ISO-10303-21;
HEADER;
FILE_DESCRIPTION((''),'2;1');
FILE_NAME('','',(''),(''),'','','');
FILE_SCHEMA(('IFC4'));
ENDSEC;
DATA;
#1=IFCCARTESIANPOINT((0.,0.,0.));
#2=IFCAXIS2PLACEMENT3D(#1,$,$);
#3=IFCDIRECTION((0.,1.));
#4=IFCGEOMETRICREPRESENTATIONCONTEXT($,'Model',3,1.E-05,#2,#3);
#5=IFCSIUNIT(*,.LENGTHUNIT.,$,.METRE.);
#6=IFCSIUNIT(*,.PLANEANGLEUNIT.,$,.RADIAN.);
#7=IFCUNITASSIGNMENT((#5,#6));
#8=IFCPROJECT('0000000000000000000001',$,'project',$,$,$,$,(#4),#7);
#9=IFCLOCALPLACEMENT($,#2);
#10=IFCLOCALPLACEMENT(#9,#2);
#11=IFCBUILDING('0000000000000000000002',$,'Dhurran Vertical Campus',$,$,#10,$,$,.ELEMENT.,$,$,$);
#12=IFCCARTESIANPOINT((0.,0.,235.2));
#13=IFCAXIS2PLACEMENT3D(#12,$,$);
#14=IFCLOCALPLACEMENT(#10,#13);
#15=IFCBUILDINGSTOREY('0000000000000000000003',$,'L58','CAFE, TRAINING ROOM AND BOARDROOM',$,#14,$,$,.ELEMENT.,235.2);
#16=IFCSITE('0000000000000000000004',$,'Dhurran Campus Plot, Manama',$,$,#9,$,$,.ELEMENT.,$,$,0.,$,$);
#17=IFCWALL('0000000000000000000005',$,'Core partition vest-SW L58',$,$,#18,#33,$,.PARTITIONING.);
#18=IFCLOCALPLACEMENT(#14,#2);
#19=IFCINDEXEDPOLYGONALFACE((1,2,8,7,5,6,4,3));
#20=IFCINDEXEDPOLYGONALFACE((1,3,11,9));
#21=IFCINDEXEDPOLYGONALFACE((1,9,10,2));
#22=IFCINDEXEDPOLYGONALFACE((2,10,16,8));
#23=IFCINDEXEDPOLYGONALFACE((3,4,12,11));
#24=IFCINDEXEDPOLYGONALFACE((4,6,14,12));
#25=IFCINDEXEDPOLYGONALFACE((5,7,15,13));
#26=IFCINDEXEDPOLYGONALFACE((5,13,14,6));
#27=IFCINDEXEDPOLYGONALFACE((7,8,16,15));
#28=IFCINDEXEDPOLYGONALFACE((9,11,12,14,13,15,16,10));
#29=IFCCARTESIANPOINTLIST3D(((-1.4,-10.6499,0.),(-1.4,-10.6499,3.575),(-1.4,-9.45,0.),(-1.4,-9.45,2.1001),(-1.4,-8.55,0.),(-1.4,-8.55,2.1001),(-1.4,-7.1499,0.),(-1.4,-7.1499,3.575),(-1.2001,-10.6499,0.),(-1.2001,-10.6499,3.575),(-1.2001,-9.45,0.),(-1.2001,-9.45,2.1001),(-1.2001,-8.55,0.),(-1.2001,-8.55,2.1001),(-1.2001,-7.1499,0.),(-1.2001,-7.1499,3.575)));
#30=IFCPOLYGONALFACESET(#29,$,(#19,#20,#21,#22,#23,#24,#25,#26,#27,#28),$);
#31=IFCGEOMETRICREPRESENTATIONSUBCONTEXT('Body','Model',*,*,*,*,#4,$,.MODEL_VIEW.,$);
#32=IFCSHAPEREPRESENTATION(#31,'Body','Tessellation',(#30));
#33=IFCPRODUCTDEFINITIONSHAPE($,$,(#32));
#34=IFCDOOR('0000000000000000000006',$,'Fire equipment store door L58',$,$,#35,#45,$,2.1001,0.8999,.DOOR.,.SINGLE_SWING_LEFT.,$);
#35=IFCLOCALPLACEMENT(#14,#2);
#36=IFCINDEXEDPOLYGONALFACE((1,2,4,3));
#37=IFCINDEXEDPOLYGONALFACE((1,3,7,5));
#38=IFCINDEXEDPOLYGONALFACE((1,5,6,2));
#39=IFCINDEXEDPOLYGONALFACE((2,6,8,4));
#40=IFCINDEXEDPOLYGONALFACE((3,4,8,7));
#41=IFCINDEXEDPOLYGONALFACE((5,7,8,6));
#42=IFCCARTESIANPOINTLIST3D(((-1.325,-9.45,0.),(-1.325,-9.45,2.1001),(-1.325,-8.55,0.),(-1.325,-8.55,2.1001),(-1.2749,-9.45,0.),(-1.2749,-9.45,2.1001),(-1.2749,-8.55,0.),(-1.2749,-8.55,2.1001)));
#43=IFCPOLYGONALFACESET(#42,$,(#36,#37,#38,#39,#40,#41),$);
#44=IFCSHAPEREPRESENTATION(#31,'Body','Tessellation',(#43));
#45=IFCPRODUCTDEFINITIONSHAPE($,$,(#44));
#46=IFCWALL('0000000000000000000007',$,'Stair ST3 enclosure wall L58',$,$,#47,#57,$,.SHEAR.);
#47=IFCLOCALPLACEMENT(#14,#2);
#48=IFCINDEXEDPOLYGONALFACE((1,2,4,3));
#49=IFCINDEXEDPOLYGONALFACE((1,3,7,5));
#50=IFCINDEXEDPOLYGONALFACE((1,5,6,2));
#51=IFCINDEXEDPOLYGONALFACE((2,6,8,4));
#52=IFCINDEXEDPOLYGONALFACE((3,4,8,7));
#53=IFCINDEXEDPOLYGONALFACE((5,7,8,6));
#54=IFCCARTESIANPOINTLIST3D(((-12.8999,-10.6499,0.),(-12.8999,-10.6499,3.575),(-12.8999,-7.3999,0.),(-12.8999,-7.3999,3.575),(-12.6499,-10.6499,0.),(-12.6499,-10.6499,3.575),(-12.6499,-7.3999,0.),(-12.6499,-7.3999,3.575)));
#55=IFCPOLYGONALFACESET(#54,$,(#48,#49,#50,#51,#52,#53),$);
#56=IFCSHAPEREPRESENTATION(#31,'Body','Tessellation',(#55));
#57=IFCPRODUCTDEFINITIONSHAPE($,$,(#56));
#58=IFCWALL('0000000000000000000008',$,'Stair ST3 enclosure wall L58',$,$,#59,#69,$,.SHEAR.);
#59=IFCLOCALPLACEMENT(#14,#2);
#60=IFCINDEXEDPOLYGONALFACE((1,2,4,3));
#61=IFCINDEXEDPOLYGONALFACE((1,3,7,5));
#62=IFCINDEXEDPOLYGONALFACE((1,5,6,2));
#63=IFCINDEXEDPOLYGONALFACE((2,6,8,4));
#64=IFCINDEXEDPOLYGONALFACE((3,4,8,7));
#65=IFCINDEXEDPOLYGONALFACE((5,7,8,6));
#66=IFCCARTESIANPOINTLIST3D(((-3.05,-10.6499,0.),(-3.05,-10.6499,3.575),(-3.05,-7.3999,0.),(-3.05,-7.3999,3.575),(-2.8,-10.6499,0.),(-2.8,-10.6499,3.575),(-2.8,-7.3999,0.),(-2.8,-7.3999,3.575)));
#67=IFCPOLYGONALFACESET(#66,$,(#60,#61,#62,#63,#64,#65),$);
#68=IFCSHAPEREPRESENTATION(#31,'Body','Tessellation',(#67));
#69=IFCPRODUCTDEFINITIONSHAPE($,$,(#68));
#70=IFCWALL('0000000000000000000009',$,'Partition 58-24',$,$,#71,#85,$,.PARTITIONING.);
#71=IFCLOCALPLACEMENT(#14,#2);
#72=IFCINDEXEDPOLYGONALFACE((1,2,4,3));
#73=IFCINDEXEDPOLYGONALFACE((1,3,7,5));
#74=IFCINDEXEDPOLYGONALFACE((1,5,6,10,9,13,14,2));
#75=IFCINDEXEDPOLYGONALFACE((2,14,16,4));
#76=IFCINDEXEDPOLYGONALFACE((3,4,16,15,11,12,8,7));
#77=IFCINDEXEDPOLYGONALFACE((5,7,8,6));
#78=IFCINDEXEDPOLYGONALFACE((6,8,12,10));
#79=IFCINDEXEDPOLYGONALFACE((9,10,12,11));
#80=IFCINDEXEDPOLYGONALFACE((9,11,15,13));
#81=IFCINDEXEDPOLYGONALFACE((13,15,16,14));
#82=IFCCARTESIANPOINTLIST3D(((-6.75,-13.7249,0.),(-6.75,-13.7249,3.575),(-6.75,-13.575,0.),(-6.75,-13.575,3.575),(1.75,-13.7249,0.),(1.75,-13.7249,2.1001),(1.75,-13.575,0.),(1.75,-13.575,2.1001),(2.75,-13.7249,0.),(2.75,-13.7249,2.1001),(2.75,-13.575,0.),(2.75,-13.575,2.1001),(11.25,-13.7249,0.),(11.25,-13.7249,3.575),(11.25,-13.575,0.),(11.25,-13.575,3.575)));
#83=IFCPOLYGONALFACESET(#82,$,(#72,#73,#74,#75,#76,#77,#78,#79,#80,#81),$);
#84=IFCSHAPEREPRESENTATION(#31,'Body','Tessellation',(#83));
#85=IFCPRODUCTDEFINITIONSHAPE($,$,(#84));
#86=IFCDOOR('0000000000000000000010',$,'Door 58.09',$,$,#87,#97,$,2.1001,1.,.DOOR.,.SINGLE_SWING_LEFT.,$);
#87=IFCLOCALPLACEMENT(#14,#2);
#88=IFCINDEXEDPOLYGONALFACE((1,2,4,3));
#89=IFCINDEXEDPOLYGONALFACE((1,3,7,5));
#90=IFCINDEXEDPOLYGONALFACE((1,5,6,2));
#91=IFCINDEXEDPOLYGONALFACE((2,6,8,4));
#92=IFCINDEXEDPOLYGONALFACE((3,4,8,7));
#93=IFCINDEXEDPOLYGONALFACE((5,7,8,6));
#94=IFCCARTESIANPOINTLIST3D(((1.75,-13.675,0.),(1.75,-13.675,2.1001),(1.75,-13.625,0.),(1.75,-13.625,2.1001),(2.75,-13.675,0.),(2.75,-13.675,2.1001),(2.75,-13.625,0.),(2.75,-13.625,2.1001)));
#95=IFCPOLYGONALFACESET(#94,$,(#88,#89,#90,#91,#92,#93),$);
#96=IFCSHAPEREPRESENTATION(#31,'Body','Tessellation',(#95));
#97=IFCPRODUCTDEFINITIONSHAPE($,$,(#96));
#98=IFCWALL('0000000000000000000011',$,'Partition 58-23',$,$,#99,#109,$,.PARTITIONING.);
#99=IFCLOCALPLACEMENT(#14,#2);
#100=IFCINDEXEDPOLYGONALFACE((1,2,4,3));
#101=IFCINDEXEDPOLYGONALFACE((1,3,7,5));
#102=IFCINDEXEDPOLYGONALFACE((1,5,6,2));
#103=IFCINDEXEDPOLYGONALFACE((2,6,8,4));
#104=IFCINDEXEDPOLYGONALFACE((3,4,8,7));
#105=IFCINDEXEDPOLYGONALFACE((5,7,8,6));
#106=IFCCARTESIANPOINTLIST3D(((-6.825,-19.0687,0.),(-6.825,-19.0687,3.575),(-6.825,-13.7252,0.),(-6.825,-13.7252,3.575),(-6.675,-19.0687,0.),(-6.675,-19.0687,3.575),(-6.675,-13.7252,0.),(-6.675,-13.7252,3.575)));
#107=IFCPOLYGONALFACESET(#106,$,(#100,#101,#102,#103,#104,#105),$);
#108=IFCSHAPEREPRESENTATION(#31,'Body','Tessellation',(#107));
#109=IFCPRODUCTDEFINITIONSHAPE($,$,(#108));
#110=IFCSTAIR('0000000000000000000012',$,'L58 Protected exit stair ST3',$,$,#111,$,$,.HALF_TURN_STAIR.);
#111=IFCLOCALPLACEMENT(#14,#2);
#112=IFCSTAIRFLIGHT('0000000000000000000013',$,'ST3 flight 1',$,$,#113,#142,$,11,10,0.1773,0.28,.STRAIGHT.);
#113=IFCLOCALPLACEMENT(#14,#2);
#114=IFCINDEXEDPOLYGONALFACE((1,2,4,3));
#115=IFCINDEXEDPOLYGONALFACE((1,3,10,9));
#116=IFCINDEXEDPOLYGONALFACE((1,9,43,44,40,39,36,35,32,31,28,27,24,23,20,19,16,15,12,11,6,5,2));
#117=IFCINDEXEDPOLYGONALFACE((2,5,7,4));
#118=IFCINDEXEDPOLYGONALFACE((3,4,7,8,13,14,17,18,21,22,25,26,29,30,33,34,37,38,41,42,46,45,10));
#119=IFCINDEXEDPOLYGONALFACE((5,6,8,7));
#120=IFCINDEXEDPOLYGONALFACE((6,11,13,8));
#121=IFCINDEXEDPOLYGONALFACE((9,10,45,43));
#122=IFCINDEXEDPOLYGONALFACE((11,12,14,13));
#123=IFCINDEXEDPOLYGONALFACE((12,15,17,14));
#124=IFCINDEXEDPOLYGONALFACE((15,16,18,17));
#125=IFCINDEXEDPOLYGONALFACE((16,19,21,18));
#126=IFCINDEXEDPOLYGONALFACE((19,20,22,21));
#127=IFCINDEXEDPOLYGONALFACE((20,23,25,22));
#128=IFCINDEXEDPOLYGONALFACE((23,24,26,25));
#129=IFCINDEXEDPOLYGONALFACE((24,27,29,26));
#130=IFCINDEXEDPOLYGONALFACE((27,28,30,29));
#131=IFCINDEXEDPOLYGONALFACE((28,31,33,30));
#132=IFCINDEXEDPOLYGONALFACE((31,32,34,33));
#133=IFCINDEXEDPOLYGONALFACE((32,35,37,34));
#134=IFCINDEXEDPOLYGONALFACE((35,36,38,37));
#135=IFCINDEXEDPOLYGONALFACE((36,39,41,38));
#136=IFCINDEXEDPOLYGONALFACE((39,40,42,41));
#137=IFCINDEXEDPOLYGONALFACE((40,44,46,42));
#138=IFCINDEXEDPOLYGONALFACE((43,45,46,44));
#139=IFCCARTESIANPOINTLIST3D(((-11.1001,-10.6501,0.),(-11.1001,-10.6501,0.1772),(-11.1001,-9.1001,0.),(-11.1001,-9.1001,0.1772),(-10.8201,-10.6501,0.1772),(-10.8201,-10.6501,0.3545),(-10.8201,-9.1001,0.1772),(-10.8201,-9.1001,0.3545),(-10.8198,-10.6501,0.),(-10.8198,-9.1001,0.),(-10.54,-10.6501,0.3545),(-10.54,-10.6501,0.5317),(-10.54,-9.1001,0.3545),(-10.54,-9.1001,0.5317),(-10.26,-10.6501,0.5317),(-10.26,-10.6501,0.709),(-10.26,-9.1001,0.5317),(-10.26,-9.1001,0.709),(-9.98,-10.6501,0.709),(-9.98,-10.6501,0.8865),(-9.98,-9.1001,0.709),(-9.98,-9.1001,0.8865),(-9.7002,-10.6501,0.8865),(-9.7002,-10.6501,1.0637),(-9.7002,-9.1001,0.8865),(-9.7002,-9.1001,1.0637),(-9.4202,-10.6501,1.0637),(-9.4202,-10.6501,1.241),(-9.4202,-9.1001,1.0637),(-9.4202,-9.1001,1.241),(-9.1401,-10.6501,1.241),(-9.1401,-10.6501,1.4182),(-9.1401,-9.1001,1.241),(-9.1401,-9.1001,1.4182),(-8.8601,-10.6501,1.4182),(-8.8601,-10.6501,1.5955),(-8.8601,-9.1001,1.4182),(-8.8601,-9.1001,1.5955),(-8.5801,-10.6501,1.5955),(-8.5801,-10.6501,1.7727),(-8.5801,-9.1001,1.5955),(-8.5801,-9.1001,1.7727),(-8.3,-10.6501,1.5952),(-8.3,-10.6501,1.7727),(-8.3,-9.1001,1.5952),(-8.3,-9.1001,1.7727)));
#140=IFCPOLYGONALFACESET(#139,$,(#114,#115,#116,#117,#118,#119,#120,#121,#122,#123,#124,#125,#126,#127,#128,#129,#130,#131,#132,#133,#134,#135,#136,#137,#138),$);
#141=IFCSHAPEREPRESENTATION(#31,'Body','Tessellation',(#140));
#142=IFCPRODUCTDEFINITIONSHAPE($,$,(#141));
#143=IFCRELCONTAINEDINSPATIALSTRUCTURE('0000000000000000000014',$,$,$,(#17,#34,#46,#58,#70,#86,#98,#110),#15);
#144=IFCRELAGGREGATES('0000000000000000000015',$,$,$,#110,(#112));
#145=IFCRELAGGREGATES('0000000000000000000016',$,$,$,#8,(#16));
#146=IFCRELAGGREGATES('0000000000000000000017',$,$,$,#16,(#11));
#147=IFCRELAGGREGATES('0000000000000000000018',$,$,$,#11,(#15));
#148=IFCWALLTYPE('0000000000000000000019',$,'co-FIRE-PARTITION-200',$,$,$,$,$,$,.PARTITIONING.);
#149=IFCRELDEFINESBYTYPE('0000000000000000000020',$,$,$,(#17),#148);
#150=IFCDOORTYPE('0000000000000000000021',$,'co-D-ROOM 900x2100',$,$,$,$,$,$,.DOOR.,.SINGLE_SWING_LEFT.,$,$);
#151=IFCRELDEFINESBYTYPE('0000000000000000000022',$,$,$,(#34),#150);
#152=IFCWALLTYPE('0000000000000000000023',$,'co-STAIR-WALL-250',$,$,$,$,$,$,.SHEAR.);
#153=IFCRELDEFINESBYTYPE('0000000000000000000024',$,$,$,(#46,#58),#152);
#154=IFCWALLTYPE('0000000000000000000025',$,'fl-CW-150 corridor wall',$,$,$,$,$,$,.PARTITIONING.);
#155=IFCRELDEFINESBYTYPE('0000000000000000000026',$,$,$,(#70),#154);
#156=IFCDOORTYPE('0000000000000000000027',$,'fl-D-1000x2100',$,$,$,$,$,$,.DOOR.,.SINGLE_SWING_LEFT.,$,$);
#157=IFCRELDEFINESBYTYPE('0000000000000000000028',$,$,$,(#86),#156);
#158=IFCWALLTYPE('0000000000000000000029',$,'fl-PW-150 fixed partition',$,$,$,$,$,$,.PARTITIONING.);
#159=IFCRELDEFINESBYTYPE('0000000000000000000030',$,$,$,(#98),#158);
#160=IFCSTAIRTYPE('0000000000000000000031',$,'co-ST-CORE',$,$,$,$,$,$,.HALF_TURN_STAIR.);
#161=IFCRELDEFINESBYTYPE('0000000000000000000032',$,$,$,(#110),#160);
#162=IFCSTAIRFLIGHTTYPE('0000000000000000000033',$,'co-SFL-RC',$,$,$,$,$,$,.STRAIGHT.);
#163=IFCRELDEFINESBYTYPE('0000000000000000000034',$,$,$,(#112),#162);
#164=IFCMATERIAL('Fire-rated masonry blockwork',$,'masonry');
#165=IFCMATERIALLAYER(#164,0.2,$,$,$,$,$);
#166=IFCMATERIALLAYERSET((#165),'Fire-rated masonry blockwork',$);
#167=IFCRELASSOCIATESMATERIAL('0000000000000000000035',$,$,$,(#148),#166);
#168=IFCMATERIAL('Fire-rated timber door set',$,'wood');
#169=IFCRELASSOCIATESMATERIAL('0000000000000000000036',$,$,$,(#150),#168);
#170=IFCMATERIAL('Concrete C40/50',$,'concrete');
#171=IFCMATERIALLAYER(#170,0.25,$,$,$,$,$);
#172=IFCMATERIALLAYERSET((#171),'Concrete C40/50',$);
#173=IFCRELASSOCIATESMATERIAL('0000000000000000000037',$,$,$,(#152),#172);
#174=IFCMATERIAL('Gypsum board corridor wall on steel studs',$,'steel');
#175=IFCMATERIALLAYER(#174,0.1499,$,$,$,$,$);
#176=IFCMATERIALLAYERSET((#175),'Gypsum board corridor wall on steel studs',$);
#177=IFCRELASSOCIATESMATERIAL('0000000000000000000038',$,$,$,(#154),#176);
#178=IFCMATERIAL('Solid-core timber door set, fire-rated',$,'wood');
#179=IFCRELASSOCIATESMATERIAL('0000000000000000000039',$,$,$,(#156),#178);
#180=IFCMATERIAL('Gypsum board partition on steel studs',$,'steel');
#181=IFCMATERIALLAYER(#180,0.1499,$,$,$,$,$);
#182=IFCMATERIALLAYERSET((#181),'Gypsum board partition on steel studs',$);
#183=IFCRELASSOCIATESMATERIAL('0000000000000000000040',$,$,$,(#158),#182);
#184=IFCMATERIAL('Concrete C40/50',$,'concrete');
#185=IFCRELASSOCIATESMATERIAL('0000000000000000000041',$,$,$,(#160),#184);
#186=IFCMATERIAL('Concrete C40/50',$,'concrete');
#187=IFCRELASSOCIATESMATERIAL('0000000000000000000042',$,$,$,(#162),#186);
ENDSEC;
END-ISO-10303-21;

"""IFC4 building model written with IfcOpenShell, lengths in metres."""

from ifc_helpers import new_model, si_unit, direction, frame, frame_2d, origin, place, context, subcontext, project, spatial, polyline, rectangle, outline, extrude, material, layer, layer_set, type_object, element, fill, aggregate, save


model = new_model("IFC4")

# Units and contexts
model_context = context("Model", 3, precision=1e-05, world=origin(), true_north=direction((0.0, 1.0)))
body_context = subcontext(model_context, "Body", "Model", "MODEL_VIEW")
ifc_project = project(units=[si_unit("LENGTHUNIT", "METRE"), si_unit("PLANEANGLEUNIT", "RADIAN")], contexts=[model_context])

# Site, building, storey
site_placement = place(None, origin())
site = spatial("IfcSite", under=ifc_project, at=site_placement, Name="Dhurran Campus Plot, Manama", CompositionType="ELEMENT", RefElevation=0.0)
building_placement = place(site_placement, origin())
building = spatial("IfcBuilding", under=site, at=building_placement, Name="Dhurran Vertical Campus", CompositionType="ELEMENT")
storey_placement = place(building_placement, frame((0.0, 0.0, 235.2)))
storey = spatial("IfcBuildingStorey", under=building, at=storey_placement, Name="L58", Description="CAFE, TRAINING ROOM AND BOARDROOM", CompositionType="ELEMENT", Elevation=235.2)

# Wall, opening, door
ifc_material_1 = material(Name="Fire-rated masonry blockwork", Category="masonry")
ifc_layer_1 = layer(ifc_material_1, 0.2)
ifc_layer_set_1 = layer_set([ifc_layer_1], Name="Fire-rated masonry blockwork")
wall_type_1 = type_object("IfcWallType", Name="co-FIRE-PARTITION-200", PredefinedType="PARTITIONING", material=ifc_layer_set_1)
wall_1_placement = place(storey_placement, frame((-1.3, -10.6499, 0.0), z_axis=(0.0, 0.0, 1.0), x_axis=(0.0, 1.0, 0.0)))
wall_1 = element("IfcWall", 1, at=wall_1_placement, inside=storey, type_object=wall_type_1, Name="Core partition vest-SW L58", PredefinedType="PARTITIONING", context=body_context, shape_type="SweptSolid", body=[
    extrude(rectangle(XDim=3.5, YDim=0.2, at=frame_2d((1.75, 0.0))), origin(), (0.0, 0.0, 1.0), 3.575),
])
opening_1_placement = place(wall_1_placement, frame((1.2, 0.0, 0.0)))
opening_1 = element("IfcOpeningElement", 2, at=opening_1_placement, cuts=wall_1, PredefinedType="OPENING", context=body_context, shape_type="SweptSolid", body=[
    extrude(rectangle(XDim=0.8999, YDim=2.1001, at=frame_2d((0.45, 1.05))), frame((0.0, 0.1099, 0.0), z_axis=(0.0, -1.0, 0.0), x_axis=(1.0, 0.0, 0.0)), (0.0, 0.0, 1.0), 0.22),
])
ifc_material_2 = material(Name="Fire-rated timber door set", Category="wood")
door_type_1 = type_object("IfcDoorType", Name="co-D-ROOM 900x2100", OperationType="SINGLE_SWING_LEFT", PredefinedType="DOOR", material=ifc_material_2)
door_1_placement = place(opening_1_placement, origin())
door_1 = element("IfcDoor", 3, at=door_1_placement, inside=storey, type_object=door_type_1, Name="Fire equipment store door L58", OperationType="SINGLE_SWING_LEFT", OverallHeight=2.1001, OverallWidth=0.8999, PredefinedType="DOOR", context=body_context, shape_type="SweptSolid", body=[
    extrude(rectangle(XDim=0.8999, YDim=2.1001, at=frame_2d((0.45, 1.05))), frame((0.0, 0.0249, 0.0), z_axis=(0.0, -1.0, 0.0), x_axis=(1.0, 0.0, 0.0)), (0.0, 0.0, 1.0), 0.05),
])
fill(opening_1, door_1)

# Walls
ifc_material_3 = material(Name="Concrete C40/50", Category="concrete")
ifc_layer_2 = layer(ifc_material_3, 0.25)
ifc_layer_set_2 = layer_set([ifc_layer_2], Name="Concrete C40/50")
wall_type_2 = type_object("IfcWallType", Name="co-STAIR-WALL-250", PredefinedType="SHEAR", material=ifc_layer_set_2)
for number, where, z_axis, x_axis, name in (
    (4, (-12.7749, -10.6499, 0.0), (0.0, 0.0, 1.0), (0.0, 1.0, 0.0), "Stair ST3 enclosure wall L58"),
    (5, (-2.925, -10.6499, 0.0), (0.0, 0.0, 1.0), (0.0, 1.0, 0.0), "Stair ST3 enclosure wall L58"),
):
    element("IfcWall", number, at=place(storey_placement, frame(where, z_axis=z_axis, x_axis=x_axis)), inside=storey, type_object=wall_type_2, Name=name, PredefinedType="SHEAR", context=body_context, shape_type="SweptSolid", body=[
        extrude(rectangle(XDim=3.25, YDim=0.25, at=frame_2d((1.625, 0.0))), origin(), (0.0, 0.0, 1.0), 3.575),
    ])

# Wall, opening, door
ifc_material_4 = material(Name="Gypsum board corridor wall on steel studs", Category="steel")
ifc_layer_3 = layer(ifc_material_4, 0.1499)
ifc_layer_set_3 = layer_set([ifc_layer_3], Name="Gypsum board corridor wall on steel studs")
wall_type_3 = type_object("IfcWallType", Name="fl-CW-150 corridor wall", PredefinedType="PARTITIONING", material=ifc_layer_set_3)
wall_2_placement = place(storey_placement, frame((-6.75, -13.6499, 0.0), z_axis=(0.0, 0.0, 1.0), x_axis=(1.0, 0.0, 0.0)))
wall_2 = element("IfcWall", 6, at=wall_2_placement, inside=storey, type_object=wall_type_3, Name="Partition 58-24", PredefinedType="PARTITIONING", context=body_context, shape_type="SweptSolid", body=[
    extrude(rectangle(XDim=18.0, YDim=0.1499, at=frame_2d((9.0, 0.0))), origin(), (0.0, 0.0, 1.0), 3.575),
])
opening_2_placement = place(wall_2_placement, frame((8.5, 0.0, 0.0)))
opening_2 = element("IfcOpeningElement", 7, at=opening_2_placement, cuts=wall_2, PredefinedType="OPENING", context=body_context, shape_type="SweptSolid", body=[
    extrude(rectangle(XDim=1.0, YDim=2.1001, at=frame_2d((0.5, 1.05))), frame((0.0, 0.085, 0.0), z_axis=(0.0, -1.0, 0.0), x_axis=(1.0, 0.0, 0.0)), (0.0, 0.0, 1.0), 0.1699),
])
ifc_material_5 = material(Name="Solid-core timber door set, fire-rated", Category="wood")
door_type_2 = type_object("IfcDoorType", Name="fl-D-1000x2100", OperationType="SINGLE_SWING_LEFT", PredefinedType="DOOR", material=ifc_material_5)
door_2_placement = place(opening_2_placement, origin())
door_2 = element("IfcDoor", 8, at=door_2_placement, inside=storey, type_object=door_type_2, Name="Door 58.09", OperationType="SINGLE_SWING_LEFT", OverallHeight=2.1001, OverallWidth=1.0, PredefinedType="DOOR", context=body_context, shape_type="SweptSolid", body=[
    extrude(rectangle(XDim=1.0, YDim=2.1001, at=frame_2d((0.5, 1.05))), frame((0.0, 0.0249, 0.0), z_axis=(0.0, -1.0, 0.0), x_axis=(1.0, 0.0, 0.0)), (0.0, 0.0, 1.0), 0.05),
])
fill(opening_2, door_2)

# Wall
ifc_material_6 = material(Name="Gypsum board partition on steel studs", Category="steel")
ifc_layer_4 = layer(ifc_material_6, 0.1499)
ifc_layer_set_4 = layer_set([ifc_layer_4], Name="Gypsum board partition on steel studs")
wall_type_4 = type_object("IfcWallType", Name="fl-PW-150 fixed partition", PredefinedType="PARTITIONING", material=ifc_layer_set_4)
wall_3_placement = place(storey_placement, frame((-6.75, -13.7251, 0.0), z_axis=(0.0, 0.0, 1.0), x_axis=(0.0, -1.0, 0.0)))
element("IfcWall", 9, at=wall_3_placement, inside=storey, type_object=wall_type_4, Name="Partition 58-23", PredefinedType="PARTITIONING", context=body_context, shape_type="SweptSolid", body=[
    extrude(rectangle(XDim=5.3435, YDim=0.1499, at=frame_2d((2.6719, 0.0))), origin(), (0.0, 0.0, 1.0), 3.575),
])

# Stair, stair flight
ifc_material_7 = material(Name="Concrete C40/50", Category="concrete")
stair_type = type_object("IfcStairType", Name="co-ST-CORE", PredefinedType="HALF_TURN_STAIR", material=ifc_material_7)
stair_placement = place(storey_placement, origin())
stair = element("IfcStair", 10, at=stair_placement, inside=storey, type_object=stair_type, Name="L58 Protected exit stair ST3", PredefinedType="HALF_TURN_STAIR")
ifc_material_8 = material(Name="Concrete C40/50", Category="concrete")
stair_flight_type = type_object("IfcStairFlightType", Name="co-SFL-RC", PredefinedType="STRAIGHT", material=ifc_material_8)
stair_flight_placement = place(storey_placement, frame((-11.1001, -9.875, 0.0), z_axis=(0.0, 0.0, 1.0), x_axis=(1.0, 0.0, 0.0)))
stair_flight = element("IfcStairFlight", 11, at=stair_flight_placement, type_object=stair_flight_type, Name="ST3 flight 1", NumberOfRisers=11, NumberOfTreads=10, PredefinedType="STRAIGHT", RiserHeight=0.1773, TreadLength=0.28, context=body_context, shape_type="SweptSolid", body=[
    extrude(outline(polyline([(0.0, 0.0), (0.0, 0.1772), (0.28, 0.1772), (0.28, 0.3545), (0.5601, 0.3545), (0.5601, 0.5317), (0.8401, 0.5317), (0.8401, 0.709), (1.1201, 0.709), (1.1201, 0.8865), (1.3999, 0.8865), (1.3999, 1.0637), (1.6799, 1.0637), (1.6799, 1.241), (1.96, 1.241), (1.96, 1.4182), (2.24, 1.4182), (2.24, 1.5955), (2.52, 1.5955), (2.52, 1.7727), (2.8, 1.7727), (2.8, 1.95), (2.8, 1.5952), (0.2803, 0.0), (0.0, 0.0)])), frame((0.0, 0.7749, 0.0), z_axis=(0.0, -1.0, 0.0), x_axis=(1.0, 0.0, 0.0)), (0.0, 0.0, 1.0), 1.55),
])
aggregate(stair, [stair_flight])

save(model, "model.ifc")
